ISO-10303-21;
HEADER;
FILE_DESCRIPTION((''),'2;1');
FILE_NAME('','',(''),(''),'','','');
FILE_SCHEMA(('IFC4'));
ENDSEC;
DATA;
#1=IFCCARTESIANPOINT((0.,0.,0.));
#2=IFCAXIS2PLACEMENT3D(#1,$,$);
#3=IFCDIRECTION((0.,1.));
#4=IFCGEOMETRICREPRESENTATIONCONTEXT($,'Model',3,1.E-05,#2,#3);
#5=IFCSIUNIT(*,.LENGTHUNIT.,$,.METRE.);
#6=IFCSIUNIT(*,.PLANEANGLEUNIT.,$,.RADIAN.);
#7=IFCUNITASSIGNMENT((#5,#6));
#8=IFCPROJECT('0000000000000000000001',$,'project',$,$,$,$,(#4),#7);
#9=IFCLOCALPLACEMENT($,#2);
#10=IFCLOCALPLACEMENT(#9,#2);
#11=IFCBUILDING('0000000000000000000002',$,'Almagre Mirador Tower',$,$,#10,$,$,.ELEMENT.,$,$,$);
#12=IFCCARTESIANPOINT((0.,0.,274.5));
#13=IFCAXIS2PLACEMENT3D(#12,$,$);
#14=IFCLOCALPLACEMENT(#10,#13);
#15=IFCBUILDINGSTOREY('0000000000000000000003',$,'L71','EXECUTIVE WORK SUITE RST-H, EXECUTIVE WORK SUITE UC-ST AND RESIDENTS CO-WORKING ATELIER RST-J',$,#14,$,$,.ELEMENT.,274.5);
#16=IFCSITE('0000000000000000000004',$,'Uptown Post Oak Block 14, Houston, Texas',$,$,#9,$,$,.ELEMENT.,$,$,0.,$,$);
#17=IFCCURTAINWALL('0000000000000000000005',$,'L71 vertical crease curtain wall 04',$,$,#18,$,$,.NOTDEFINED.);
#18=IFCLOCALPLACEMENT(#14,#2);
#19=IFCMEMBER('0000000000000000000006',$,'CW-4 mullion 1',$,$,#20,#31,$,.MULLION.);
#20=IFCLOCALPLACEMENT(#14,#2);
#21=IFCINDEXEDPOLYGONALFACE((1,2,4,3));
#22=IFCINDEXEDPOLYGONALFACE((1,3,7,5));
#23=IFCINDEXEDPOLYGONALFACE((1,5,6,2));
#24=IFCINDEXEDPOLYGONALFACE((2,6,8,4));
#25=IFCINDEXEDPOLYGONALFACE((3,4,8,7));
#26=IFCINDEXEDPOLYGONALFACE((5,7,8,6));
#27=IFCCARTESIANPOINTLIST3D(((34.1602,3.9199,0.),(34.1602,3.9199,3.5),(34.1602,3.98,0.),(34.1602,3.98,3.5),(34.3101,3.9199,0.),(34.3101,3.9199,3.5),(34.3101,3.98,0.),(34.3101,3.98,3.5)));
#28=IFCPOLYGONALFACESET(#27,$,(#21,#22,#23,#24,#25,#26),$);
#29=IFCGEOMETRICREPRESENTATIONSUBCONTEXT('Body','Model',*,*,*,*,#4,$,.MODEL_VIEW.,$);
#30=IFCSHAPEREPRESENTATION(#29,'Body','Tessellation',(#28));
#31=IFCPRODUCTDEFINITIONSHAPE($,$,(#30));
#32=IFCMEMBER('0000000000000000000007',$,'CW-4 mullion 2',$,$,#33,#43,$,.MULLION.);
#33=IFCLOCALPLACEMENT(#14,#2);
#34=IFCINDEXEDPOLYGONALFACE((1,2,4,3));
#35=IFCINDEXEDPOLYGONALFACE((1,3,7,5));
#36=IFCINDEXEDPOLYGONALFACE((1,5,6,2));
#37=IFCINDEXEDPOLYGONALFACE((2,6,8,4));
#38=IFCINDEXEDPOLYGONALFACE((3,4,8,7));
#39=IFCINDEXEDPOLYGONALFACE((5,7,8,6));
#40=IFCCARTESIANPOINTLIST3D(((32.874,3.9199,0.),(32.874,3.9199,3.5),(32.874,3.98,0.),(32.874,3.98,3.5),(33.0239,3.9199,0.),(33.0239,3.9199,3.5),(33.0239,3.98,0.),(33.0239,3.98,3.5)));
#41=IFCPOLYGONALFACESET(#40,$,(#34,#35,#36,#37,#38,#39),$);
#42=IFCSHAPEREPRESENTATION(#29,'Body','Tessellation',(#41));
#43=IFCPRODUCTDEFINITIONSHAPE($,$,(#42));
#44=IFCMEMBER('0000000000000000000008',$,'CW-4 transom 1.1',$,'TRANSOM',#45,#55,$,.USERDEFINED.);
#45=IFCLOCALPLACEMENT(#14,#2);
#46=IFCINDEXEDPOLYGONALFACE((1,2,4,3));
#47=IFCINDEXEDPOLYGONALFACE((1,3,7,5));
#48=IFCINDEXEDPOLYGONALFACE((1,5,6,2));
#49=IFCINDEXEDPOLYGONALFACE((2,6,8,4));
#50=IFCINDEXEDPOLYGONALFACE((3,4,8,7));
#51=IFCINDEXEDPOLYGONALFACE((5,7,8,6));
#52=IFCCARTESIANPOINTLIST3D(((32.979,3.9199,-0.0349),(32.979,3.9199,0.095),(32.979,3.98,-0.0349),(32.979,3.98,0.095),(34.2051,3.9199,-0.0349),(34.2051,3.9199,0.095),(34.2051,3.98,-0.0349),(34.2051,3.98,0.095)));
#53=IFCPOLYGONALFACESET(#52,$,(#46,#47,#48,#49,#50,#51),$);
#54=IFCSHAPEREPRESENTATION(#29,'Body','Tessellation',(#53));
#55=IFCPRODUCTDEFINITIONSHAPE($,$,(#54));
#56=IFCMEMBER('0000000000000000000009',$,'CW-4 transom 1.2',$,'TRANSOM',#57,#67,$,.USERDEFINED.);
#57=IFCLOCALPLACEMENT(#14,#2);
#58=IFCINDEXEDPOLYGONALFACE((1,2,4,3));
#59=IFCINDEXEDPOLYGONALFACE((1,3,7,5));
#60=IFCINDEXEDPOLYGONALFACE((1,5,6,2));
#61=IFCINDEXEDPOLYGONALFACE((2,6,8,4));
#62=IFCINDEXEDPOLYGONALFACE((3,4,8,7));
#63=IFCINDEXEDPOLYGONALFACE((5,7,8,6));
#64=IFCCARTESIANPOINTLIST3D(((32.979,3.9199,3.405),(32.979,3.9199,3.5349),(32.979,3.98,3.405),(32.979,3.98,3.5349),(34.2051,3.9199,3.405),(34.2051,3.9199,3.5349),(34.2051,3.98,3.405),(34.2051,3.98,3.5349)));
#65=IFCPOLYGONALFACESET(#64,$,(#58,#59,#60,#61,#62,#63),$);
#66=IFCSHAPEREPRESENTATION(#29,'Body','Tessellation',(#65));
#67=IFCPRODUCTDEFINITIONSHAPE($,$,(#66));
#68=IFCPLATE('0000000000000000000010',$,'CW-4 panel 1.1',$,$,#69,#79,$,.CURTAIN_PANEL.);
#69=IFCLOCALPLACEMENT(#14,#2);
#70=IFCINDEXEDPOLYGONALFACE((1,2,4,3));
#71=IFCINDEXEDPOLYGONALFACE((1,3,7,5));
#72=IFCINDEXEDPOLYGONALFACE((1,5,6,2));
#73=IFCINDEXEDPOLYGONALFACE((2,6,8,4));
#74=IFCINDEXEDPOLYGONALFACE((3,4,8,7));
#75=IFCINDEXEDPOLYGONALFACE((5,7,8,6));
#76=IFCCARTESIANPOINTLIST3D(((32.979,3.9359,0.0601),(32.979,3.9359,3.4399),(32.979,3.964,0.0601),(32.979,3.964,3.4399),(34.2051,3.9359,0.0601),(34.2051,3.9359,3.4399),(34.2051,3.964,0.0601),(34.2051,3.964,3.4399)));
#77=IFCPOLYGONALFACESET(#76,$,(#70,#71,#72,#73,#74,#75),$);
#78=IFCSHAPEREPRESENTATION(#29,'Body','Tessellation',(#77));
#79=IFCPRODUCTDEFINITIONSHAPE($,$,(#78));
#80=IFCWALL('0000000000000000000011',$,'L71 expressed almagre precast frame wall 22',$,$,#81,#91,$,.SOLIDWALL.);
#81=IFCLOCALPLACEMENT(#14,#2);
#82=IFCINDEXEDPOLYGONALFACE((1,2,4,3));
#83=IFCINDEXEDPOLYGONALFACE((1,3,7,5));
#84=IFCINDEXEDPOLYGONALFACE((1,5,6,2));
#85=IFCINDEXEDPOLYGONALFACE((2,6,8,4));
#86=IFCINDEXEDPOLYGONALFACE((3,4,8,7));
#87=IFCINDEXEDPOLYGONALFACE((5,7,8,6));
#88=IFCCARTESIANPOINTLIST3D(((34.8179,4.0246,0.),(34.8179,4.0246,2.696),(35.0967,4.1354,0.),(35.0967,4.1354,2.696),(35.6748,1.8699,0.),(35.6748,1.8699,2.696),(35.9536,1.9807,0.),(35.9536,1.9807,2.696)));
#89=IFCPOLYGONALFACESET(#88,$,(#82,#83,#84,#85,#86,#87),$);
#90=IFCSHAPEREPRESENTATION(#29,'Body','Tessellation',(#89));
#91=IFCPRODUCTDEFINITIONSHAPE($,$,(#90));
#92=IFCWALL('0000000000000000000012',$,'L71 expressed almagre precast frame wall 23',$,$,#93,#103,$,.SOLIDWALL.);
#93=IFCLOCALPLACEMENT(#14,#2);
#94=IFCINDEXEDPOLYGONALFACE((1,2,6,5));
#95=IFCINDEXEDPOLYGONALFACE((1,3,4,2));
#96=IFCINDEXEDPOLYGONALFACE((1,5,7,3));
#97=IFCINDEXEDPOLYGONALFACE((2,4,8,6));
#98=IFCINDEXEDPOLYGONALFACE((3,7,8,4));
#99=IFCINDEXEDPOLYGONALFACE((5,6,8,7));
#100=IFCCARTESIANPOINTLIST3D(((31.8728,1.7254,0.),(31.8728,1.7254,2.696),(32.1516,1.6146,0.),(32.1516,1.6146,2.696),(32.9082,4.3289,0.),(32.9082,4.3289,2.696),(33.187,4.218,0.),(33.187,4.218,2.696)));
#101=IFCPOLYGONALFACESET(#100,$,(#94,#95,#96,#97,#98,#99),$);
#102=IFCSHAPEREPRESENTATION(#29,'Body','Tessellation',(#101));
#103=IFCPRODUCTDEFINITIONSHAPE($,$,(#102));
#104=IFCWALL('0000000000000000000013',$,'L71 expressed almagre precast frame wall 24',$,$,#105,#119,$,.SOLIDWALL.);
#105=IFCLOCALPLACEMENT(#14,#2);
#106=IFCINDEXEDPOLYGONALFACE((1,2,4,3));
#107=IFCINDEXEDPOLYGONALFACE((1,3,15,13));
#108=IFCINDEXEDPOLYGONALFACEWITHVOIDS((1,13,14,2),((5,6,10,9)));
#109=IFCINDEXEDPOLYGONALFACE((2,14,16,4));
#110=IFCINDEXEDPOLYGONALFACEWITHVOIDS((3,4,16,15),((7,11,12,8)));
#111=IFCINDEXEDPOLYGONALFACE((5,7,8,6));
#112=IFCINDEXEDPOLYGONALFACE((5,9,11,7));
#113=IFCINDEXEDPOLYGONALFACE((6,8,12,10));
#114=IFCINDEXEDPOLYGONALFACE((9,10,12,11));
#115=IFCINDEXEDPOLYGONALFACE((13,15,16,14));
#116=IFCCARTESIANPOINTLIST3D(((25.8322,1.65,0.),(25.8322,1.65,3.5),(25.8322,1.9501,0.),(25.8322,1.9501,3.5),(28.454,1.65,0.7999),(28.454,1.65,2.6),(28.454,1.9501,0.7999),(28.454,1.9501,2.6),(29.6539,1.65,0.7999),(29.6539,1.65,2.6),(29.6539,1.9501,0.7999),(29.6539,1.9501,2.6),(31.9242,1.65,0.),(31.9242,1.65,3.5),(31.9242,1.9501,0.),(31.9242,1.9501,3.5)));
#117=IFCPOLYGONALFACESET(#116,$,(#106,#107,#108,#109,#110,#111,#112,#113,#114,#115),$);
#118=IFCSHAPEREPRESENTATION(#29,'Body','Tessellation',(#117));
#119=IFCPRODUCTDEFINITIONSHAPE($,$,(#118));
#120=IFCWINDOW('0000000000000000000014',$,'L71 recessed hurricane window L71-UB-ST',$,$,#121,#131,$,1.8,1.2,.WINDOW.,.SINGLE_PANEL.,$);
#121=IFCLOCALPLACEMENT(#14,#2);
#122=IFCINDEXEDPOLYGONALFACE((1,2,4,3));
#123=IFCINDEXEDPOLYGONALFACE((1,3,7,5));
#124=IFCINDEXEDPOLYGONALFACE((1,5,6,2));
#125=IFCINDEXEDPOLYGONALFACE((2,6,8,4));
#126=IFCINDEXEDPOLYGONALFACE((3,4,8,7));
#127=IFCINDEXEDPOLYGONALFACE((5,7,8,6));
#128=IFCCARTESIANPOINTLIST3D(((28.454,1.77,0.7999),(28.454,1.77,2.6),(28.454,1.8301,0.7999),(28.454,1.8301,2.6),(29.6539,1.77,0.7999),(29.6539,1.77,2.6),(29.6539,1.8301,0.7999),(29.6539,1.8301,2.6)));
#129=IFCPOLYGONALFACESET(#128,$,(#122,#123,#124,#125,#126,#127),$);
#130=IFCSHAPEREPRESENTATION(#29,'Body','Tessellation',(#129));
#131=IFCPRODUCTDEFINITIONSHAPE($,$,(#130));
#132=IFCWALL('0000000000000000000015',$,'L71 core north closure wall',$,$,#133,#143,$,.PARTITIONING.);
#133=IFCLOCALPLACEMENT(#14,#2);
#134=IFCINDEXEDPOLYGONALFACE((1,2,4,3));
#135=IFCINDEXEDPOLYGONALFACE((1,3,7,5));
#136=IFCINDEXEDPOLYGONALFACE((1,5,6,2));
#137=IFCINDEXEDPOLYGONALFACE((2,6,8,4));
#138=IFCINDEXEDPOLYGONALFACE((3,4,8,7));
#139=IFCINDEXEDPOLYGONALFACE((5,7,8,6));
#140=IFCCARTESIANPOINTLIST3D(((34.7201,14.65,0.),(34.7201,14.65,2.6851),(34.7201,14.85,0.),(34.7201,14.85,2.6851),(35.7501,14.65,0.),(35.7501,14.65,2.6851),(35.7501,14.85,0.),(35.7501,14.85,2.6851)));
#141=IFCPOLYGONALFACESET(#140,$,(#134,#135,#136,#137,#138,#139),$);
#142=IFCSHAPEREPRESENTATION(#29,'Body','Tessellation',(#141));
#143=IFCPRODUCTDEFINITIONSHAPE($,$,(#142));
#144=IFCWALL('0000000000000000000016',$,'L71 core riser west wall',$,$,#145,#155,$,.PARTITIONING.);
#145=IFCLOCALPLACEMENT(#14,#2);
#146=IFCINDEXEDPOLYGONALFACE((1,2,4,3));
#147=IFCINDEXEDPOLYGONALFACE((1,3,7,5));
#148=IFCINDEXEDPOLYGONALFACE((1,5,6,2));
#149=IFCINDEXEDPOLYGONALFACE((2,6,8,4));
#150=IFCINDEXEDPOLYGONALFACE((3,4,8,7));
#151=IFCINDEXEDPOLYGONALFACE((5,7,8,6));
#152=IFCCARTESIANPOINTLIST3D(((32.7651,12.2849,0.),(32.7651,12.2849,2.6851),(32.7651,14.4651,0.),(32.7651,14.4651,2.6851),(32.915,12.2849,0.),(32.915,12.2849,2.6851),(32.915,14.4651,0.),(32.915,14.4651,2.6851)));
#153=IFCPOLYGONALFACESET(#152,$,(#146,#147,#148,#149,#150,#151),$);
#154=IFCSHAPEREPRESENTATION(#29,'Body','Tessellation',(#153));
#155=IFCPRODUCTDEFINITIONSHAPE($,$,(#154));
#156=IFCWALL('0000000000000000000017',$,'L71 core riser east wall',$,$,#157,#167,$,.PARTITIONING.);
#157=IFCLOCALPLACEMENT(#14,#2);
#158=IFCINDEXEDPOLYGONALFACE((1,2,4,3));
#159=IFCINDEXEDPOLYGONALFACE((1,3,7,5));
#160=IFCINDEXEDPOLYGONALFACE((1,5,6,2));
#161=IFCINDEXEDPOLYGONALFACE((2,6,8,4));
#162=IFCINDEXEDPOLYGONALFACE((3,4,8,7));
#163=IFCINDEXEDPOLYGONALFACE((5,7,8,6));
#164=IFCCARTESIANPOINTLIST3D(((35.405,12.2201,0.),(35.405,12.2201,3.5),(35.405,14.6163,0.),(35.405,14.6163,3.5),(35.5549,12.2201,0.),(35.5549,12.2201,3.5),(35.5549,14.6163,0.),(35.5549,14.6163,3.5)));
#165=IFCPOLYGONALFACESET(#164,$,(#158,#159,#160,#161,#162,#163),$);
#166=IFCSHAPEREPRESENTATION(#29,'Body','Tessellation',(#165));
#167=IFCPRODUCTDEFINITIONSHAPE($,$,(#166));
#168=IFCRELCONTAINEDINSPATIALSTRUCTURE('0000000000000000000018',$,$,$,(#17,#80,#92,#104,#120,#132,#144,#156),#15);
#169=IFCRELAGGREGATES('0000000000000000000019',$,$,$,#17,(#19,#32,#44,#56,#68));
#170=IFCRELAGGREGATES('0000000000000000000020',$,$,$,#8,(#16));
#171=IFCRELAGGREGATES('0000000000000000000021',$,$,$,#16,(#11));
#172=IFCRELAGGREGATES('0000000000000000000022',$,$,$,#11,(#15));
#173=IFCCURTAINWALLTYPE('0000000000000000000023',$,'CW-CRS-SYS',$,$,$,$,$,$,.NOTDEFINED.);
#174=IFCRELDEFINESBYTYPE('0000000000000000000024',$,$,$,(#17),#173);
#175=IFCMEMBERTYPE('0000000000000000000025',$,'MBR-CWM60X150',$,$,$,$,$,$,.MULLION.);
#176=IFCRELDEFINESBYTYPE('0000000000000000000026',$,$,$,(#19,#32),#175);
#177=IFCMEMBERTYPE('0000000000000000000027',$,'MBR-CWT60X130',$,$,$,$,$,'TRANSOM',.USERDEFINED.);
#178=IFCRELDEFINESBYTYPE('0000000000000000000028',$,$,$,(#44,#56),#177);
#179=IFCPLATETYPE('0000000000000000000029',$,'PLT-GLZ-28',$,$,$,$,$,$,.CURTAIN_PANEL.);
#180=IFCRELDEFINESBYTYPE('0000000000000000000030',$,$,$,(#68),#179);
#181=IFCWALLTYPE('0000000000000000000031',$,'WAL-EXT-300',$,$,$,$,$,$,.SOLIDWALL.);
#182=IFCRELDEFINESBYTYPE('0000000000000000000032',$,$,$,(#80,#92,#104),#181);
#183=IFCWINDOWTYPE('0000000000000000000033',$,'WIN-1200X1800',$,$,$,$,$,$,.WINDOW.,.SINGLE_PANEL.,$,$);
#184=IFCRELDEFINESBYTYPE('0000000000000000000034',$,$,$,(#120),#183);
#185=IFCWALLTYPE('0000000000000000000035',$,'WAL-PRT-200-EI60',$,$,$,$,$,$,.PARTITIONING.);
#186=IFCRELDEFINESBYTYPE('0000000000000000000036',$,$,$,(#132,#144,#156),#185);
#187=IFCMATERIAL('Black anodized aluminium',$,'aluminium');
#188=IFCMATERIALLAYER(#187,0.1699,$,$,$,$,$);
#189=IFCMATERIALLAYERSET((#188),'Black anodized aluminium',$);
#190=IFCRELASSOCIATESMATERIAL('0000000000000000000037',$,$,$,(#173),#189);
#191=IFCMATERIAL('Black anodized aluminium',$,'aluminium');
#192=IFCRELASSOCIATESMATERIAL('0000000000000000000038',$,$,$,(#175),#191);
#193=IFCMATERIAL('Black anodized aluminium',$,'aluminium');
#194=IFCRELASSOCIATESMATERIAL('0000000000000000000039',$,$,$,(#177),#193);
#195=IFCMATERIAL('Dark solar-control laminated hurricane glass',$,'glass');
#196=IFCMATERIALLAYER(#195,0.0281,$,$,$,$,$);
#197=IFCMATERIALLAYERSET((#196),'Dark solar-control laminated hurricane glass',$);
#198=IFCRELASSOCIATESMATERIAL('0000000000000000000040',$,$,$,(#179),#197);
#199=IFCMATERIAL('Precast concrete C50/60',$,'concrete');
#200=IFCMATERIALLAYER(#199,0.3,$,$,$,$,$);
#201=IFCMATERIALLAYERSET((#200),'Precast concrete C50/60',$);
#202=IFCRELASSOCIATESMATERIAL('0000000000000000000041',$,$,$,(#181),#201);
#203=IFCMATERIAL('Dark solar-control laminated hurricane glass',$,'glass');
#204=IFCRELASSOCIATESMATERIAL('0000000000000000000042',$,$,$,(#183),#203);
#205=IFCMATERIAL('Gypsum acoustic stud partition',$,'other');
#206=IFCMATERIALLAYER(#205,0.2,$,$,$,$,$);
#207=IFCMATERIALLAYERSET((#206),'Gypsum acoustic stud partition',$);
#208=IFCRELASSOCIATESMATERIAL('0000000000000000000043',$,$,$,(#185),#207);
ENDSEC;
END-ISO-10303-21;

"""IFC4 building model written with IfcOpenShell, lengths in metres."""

from ifc_helpers import new_model, si_unit, direction, frame, frame_2d, origin, origin_2d, place, context, subcontext, project, spatial, rectangle, extrude, material, layer, layer_set, material_profile, profile_set, type_object, element, fill, aggregate, save


model = new_model("IFC4")

# Units and contexts
model_context = context("Model", 3, precision=1e-05, world=origin(), true_north=direction((0.0, 1.0)))
body_context = subcontext(model_context, "Body", "Model", "MODEL_VIEW")
ifc_project = project(units=[si_unit("LENGTHUNIT", "METRE"), si_unit("PLANEANGLEUNIT", "RADIAN")], contexts=[model_context])

# Site, building, storey
site_placement = place(None, origin())
site = spatial("IfcSite", under=ifc_project, at=site_placement, Name="Uptown Post Oak Block 14, Houston, Texas", CompositionType="ELEMENT", RefElevation=0.0)
building_placement = place(site_placement, origin())
building = spatial("IfcBuilding", under=site, at=building_placement, Name="Almagre Mirador Tower", CompositionType="ELEMENT")
storey_placement = place(building_placement, frame((0.0, 0.0, 274.5)))
storey = spatial("IfcBuildingStorey", under=building, at=storey_placement, Name="L71", Description="EXECUTIVE WORK SUITE RST-H, EXECUTIVE WORK SUITE UC-ST AND RESIDENTS CO-WORKING ATELIER RST-J", CompositionType="ELEMENT", Elevation=274.5)

# Curtain wall, members, plate
ifc_material_1 = material(Name="Black anodized aluminium", Category="aluminium")
ifc_layer_1 = layer(ifc_material_1, 0.1699)
ifc_layer_set_1 = layer_set([ifc_layer_1], Name="Black anodized aluminium")
curtain_wall_type = type_object("IfcCurtainWallType", Name="CW-CRS-SYS", PredefinedType="NOTDEFINED", material=ifc_layer_set_1)
curtain_wall_placement = place(storey_placement, origin())
curtain_wall = element("IfcCurtainWall", 1, at=curtain_wall_placement, inside=storey, type_object=curtain_wall_type, Name="L71 vertical crease curtain wall 04", PredefinedType="NOTDEFINED")
ifc_material_2 = material(Name="Black anodized aluminium", Category="aluminium")
ifc_material_profile_1 = material_profile(ifc_material_2, rectangle(XDim=0.0601, YDim=0.1499, at=origin_2d()), Name="CWM60X150")
ifc_profile_set_1 = profile_set([ifc_material_profile_1], Name="Black anodized aluminium")
member_type_1 = type_object("IfcMemberType", Name="MBR-CWM60X150", PredefinedType="MULLION", material=ifc_profile_set_1)
member_1_placement = place(storey_placement, frame((34.2351, 3.95, 0.0), z_axis=(0.0, 0.0, 1.0), x_axis=(0.0, -1.0, 0.0)))
member_1 = element("IfcMember", 2, at=member_1_placement, type_object=member_type_1, Name="CW-4 mullion 1", PredefinedType="MULLION", context=body_context, shape_type="SweptSolid", body=[
    extrude(rectangle(XDim=0.0601, YDim=0.1499, at=origin_2d()), origin(), (0.0, 0.0, 1.0), 3.5),
])
member_2_placement = place(storey_placement, frame((32.949, 3.95, 0.0), z_axis=(0.0, 0.0, 1.0), x_axis=(0.0, -1.0, 0.0)))
member_2 = element("IfcMember", 3, at=member_2_placement, type_object=member_type_1, Name="CW-4 mullion 2", PredefinedType="MULLION", context=body_context, shape_type="SweptSolid", body=[
    extrude(rectangle(XDim=0.0601, YDim=0.1499, at=origin_2d()), origin(), (0.0, 0.0, 1.0), 3.5),
])
ifc_material_3 = material(Name="Black anodized aluminium", Category="aluminium")
ifc_material_profile_2 = material_profile(ifc_material_3, rectangle(XDim=0.0601, YDim=0.1299, at=origin_2d()), Name="CWT60X130")
ifc_profile_set_2 = profile_set([ifc_material_profile_2], Name="Black anodized aluminium")
member_type_2 = type_object("IfcMemberType", Name="MBR-CWT60X130", ElementType="TRANSOM", PredefinedType="USERDEFINED", material=ifc_profile_set_2)
member_3_placement = place(storey_placement, frame((34.2051, 3.95, 0.03), z_axis=(-1.0, 0.0, 0.0), x_axis=(0.0, -1.0, 0.0)))
member_3 = element("IfcMember", 4, at=member_3_placement, type_object=member_type_2, Name="CW-4 transom 1.1", ObjectType="TRANSOM", PredefinedType="USERDEFINED", context=body_context, shape_type="SweptSolid", body=[
    extrude(rectangle(XDim=0.0601, YDim=0.1299, at=origin_2d()), origin(), (0.0, 0.0, 1.0), 1.2261),
])
member_4_placement = place(storey_placement, frame((34.2051, 3.95, 3.47), z_axis=(-1.0, 0.0, 0.0), x_axis=(0.0, -1.0, 0.0)))
member_4 = element("IfcMember", 5, at=member_4_placement, type_object=member_type_2, Name="CW-4 transom 1.2", ObjectType="TRANSOM", PredefinedType="USERDEFINED", context=body_context, shape_type="SweptSolid", body=[
    extrude(rectangle(XDim=0.0601, YDim=0.1299, at=origin_2d()), origin(), (0.0, 0.0, 1.0), 1.2261),
])
ifc_material_4 = material(Name="Dark solar-control laminated hurricane glass", Category="glass")
ifc_layer_2 = layer(ifc_material_4, 0.0281)
ifc_layer_set_2 = layer_set([ifc_layer_2], Name="Dark solar-control laminated hurricane glass")
plate_type = type_object("IfcPlateType", Name="PLT-GLZ-28", PredefinedType="CURTAIN_PANEL", material=ifc_layer_set_2)
plate_placement = place(storey_placement, frame((33.592, 3.95, 0.0601), z_axis=(0.0, 0.0, 1.0), x_axis=(-1.0, 0.0, 0.0)))
plate = element("IfcPlate", 6, at=plate_placement, type_object=plate_type, Name="CW-4 panel 1.1", PredefinedType="CURTAIN_PANEL", context=body_context, shape_type="SweptSolid", body=[
    extrude(rectangle(XDim=1.2261, YDim=0.0281, at=origin_2d()), origin(), (0.0, 0.0, 1.0), 3.3799),
])
aggregate(curtain_wall, [member_1, member_2, member_3, member_4, plate])

# Walls
ifc_material_5 = material(Name="Precast concrete C50/60", Category="concrete")
ifc_layer_3 = layer(ifc_material_5, 0.3)
ifc_layer_set_3 = layer_set([ifc_layer_3], Name="Precast concrete C50/60")
wall_type_1 = type_object("IfcWallType", Name="WAL-EXT-300", PredefinedType="SOLIDWALL", material=ifc_layer_set_3)
wall_1_placement = place(storey_placement, frame((35.8142, 1.9253, 0.0), z_axis=(0.0, 0.0, 1.0), x_axis=(-0.369538, 0.929215, 0.0)))
element("IfcWall", 7, at=wall_1_placement, inside=storey, type_object=wall_type_1, Name="L71 expressed almagre precast frame wall 22", PredefinedType="SOLIDWALL", context=body_context, shape_type="SweptSolid", body=[
    extrude(rectangle(XDim=2.3188, YDim=0.3, at=frame_2d((1.1594, 0.0))), origin(), (0.0, 0.0, 1.0), 2.696),
])
wall_2_placement = place(storey_placement, frame((33.0476, 4.2734, 0.0), z_axis=(0.0, 0.0, 1.0), x_axis=(-0.369542, -0.929214, 0.0)))
element("IfcWall", 8, at=wall_2_placement, inside=storey, type_object=wall_type_1, Name="L71 expressed almagre precast frame wall 23", PredefinedType="SOLIDWALL", context=body_context, shape_type="SweptSolid", body=[
    extrude(rectangle(XDim=2.8018, YDim=0.3, at=frame_2d((1.4009, 0.0))), origin(), (0.0, 0.0, 1.0), 2.696),
])

# Wall, opening, window
wall_3_placement = place(storey_placement, frame((31.9241, 1.8, 0.0), z_axis=(0.0, 0.0, 1.0), x_axis=(-1.0, 0.0, 0.0)))
wall_3 = element("IfcWall", 9, at=wall_3_placement, inside=storey, type_object=wall_type_1, Name="L71 expressed almagre precast frame wall 24", PredefinedType="SOLIDWALL", context=body_context, shape_type="SweptSolid", body=[
    extrude(rectangle(XDim=6.092, YDim=0.3, at=frame_2d((3.0459, 0.0))), origin(), (0.0, 0.0, 1.0), 3.5),
])
opening_1_placement = place(wall_3_placement, frame((2.27, 0.0, 0.8)))
opening_1 = element("IfcOpeningElement", 10, at=opening_1_placement, cuts=wall_3, PredefinedType="OPENING", context=body_context, shape_type="SweptSolid", body=[
    extrude(rectangle(XDim=1.2, YDim=1.8, at=frame_2d((0.6001, 0.8999))), frame((0.0, 0.1599, 0.0), z_axis=(0.0, -1.0, 0.0), x_axis=(1.0, 0.0, 0.0)), (0.0, 0.0, 1.0), 0.32),
])
ifc_material_6 = material(Name="Dark solar-control laminated hurricane glass", Category="glass")
window_type = type_object("IfcWindowType", Name="WIN-1200X1800", PartitioningType="SINGLE_PANEL", PredefinedType="WINDOW", material=ifc_material_6)
window_placement = place(opening_1_placement, origin())
window = element("IfcWindow", 11, at=window_placement, inside=storey, type_object=window_type, Name="L71 recessed hurricane window L71-UB-ST", OverallHeight=1.8, OverallWidth=1.2, PartitioningType="SINGLE_PANEL", PredefinedType="WINDOW", context=body_context, shape_type="SweptSolid", body=[
    extrude(rectangle(XDim=1.2, YDim=1.8, at=frame_2d((0.6001, 0.8999))), frame((0.0, 0.03, 0.0), z_axis=(0.0, -1.0, 0.0), x_axis=(1.0, 0.0, 0.0)), (0.0, 0.0, 1.0), 0.0601),
])
fill(opening_1, window)

# Wall
ifc_material_7 = material(Name="Gypsum acoustic stud partition", Category="other")
ifc_layer_4 = layer(ifc_material_7, 0.2)
ifc_layer_set_4 = layer_set([ifc_layer_4], Name="Gypsum acoustic stud partition")
wall_type_2 = type_object("IfcWallType", Name="WAL-PRT-200-EI60", PredefinedType="PARTITIONING", material=ifc_layer_set_4)
wall_4_placement = place(storey_placement, frame((34.72, 14.75, 0.0), z_axis=(0.0, 0.0, 1.0), x_axis=(1.0, 0.0, 0.0)))
element("IfcWall", 12, at=wall_4_placement, inside=storey, type_object=wall_type_2, Name="L71 core north closure wall", PredefinedType="PARTITIONING", context=body_context, shape_type="SweptSolid", body=[
    extrude(rectangle(XDim=1.03, YDim=0.2, at=frame_2d((0.5151, 0.0))), origin(), (0.0, 0.0, 1.0), 2.6851),
])

# Walls
wall_5_placement = place(storey_placement, frame((32.8401, 12.2849, 0.0), z_axis=(0.0, 0.0, 1.0), x_axis=(0.0, 1.0, 0.0)))
element("IfcWall", 13, at=wall_5_placement, inside=storey, type_object=wall_type_2, Name="L71 core riser west wall", PredefinedType="PARTITIONING", context=body_context, shape_type="SweptSolid", body=[
    extrude(rectangle(XDim=2.1802, YDim=0.1499, at=frame_2d((1.0901, 0.0))), origin(), (0.0, 0.0, 1.0), 2.6851),
])
wall_6_placement = place(storey_placement, frame((35.48, 12.22, 0.0), z_axis=(0.0, 0.0, 1.0), x_axis=(0.0, 1.0, 0.0)))
element("IfcWall", 14, at=wall_6_placement, inside=storey, type_object=wall_type_2, Name="L71 core riser east wall", PredefinedType="PARTITIONING", context=body_context, shape_type="SweptSolid", body=[
    extrude(rectangle(XDim=2.3962, YDim=0.1499, at=frame_2d((1.1982, 0.0))), origin(), (0.0, 0.0, 1.0), 3.5),
])

save(model, "model.ifc")
